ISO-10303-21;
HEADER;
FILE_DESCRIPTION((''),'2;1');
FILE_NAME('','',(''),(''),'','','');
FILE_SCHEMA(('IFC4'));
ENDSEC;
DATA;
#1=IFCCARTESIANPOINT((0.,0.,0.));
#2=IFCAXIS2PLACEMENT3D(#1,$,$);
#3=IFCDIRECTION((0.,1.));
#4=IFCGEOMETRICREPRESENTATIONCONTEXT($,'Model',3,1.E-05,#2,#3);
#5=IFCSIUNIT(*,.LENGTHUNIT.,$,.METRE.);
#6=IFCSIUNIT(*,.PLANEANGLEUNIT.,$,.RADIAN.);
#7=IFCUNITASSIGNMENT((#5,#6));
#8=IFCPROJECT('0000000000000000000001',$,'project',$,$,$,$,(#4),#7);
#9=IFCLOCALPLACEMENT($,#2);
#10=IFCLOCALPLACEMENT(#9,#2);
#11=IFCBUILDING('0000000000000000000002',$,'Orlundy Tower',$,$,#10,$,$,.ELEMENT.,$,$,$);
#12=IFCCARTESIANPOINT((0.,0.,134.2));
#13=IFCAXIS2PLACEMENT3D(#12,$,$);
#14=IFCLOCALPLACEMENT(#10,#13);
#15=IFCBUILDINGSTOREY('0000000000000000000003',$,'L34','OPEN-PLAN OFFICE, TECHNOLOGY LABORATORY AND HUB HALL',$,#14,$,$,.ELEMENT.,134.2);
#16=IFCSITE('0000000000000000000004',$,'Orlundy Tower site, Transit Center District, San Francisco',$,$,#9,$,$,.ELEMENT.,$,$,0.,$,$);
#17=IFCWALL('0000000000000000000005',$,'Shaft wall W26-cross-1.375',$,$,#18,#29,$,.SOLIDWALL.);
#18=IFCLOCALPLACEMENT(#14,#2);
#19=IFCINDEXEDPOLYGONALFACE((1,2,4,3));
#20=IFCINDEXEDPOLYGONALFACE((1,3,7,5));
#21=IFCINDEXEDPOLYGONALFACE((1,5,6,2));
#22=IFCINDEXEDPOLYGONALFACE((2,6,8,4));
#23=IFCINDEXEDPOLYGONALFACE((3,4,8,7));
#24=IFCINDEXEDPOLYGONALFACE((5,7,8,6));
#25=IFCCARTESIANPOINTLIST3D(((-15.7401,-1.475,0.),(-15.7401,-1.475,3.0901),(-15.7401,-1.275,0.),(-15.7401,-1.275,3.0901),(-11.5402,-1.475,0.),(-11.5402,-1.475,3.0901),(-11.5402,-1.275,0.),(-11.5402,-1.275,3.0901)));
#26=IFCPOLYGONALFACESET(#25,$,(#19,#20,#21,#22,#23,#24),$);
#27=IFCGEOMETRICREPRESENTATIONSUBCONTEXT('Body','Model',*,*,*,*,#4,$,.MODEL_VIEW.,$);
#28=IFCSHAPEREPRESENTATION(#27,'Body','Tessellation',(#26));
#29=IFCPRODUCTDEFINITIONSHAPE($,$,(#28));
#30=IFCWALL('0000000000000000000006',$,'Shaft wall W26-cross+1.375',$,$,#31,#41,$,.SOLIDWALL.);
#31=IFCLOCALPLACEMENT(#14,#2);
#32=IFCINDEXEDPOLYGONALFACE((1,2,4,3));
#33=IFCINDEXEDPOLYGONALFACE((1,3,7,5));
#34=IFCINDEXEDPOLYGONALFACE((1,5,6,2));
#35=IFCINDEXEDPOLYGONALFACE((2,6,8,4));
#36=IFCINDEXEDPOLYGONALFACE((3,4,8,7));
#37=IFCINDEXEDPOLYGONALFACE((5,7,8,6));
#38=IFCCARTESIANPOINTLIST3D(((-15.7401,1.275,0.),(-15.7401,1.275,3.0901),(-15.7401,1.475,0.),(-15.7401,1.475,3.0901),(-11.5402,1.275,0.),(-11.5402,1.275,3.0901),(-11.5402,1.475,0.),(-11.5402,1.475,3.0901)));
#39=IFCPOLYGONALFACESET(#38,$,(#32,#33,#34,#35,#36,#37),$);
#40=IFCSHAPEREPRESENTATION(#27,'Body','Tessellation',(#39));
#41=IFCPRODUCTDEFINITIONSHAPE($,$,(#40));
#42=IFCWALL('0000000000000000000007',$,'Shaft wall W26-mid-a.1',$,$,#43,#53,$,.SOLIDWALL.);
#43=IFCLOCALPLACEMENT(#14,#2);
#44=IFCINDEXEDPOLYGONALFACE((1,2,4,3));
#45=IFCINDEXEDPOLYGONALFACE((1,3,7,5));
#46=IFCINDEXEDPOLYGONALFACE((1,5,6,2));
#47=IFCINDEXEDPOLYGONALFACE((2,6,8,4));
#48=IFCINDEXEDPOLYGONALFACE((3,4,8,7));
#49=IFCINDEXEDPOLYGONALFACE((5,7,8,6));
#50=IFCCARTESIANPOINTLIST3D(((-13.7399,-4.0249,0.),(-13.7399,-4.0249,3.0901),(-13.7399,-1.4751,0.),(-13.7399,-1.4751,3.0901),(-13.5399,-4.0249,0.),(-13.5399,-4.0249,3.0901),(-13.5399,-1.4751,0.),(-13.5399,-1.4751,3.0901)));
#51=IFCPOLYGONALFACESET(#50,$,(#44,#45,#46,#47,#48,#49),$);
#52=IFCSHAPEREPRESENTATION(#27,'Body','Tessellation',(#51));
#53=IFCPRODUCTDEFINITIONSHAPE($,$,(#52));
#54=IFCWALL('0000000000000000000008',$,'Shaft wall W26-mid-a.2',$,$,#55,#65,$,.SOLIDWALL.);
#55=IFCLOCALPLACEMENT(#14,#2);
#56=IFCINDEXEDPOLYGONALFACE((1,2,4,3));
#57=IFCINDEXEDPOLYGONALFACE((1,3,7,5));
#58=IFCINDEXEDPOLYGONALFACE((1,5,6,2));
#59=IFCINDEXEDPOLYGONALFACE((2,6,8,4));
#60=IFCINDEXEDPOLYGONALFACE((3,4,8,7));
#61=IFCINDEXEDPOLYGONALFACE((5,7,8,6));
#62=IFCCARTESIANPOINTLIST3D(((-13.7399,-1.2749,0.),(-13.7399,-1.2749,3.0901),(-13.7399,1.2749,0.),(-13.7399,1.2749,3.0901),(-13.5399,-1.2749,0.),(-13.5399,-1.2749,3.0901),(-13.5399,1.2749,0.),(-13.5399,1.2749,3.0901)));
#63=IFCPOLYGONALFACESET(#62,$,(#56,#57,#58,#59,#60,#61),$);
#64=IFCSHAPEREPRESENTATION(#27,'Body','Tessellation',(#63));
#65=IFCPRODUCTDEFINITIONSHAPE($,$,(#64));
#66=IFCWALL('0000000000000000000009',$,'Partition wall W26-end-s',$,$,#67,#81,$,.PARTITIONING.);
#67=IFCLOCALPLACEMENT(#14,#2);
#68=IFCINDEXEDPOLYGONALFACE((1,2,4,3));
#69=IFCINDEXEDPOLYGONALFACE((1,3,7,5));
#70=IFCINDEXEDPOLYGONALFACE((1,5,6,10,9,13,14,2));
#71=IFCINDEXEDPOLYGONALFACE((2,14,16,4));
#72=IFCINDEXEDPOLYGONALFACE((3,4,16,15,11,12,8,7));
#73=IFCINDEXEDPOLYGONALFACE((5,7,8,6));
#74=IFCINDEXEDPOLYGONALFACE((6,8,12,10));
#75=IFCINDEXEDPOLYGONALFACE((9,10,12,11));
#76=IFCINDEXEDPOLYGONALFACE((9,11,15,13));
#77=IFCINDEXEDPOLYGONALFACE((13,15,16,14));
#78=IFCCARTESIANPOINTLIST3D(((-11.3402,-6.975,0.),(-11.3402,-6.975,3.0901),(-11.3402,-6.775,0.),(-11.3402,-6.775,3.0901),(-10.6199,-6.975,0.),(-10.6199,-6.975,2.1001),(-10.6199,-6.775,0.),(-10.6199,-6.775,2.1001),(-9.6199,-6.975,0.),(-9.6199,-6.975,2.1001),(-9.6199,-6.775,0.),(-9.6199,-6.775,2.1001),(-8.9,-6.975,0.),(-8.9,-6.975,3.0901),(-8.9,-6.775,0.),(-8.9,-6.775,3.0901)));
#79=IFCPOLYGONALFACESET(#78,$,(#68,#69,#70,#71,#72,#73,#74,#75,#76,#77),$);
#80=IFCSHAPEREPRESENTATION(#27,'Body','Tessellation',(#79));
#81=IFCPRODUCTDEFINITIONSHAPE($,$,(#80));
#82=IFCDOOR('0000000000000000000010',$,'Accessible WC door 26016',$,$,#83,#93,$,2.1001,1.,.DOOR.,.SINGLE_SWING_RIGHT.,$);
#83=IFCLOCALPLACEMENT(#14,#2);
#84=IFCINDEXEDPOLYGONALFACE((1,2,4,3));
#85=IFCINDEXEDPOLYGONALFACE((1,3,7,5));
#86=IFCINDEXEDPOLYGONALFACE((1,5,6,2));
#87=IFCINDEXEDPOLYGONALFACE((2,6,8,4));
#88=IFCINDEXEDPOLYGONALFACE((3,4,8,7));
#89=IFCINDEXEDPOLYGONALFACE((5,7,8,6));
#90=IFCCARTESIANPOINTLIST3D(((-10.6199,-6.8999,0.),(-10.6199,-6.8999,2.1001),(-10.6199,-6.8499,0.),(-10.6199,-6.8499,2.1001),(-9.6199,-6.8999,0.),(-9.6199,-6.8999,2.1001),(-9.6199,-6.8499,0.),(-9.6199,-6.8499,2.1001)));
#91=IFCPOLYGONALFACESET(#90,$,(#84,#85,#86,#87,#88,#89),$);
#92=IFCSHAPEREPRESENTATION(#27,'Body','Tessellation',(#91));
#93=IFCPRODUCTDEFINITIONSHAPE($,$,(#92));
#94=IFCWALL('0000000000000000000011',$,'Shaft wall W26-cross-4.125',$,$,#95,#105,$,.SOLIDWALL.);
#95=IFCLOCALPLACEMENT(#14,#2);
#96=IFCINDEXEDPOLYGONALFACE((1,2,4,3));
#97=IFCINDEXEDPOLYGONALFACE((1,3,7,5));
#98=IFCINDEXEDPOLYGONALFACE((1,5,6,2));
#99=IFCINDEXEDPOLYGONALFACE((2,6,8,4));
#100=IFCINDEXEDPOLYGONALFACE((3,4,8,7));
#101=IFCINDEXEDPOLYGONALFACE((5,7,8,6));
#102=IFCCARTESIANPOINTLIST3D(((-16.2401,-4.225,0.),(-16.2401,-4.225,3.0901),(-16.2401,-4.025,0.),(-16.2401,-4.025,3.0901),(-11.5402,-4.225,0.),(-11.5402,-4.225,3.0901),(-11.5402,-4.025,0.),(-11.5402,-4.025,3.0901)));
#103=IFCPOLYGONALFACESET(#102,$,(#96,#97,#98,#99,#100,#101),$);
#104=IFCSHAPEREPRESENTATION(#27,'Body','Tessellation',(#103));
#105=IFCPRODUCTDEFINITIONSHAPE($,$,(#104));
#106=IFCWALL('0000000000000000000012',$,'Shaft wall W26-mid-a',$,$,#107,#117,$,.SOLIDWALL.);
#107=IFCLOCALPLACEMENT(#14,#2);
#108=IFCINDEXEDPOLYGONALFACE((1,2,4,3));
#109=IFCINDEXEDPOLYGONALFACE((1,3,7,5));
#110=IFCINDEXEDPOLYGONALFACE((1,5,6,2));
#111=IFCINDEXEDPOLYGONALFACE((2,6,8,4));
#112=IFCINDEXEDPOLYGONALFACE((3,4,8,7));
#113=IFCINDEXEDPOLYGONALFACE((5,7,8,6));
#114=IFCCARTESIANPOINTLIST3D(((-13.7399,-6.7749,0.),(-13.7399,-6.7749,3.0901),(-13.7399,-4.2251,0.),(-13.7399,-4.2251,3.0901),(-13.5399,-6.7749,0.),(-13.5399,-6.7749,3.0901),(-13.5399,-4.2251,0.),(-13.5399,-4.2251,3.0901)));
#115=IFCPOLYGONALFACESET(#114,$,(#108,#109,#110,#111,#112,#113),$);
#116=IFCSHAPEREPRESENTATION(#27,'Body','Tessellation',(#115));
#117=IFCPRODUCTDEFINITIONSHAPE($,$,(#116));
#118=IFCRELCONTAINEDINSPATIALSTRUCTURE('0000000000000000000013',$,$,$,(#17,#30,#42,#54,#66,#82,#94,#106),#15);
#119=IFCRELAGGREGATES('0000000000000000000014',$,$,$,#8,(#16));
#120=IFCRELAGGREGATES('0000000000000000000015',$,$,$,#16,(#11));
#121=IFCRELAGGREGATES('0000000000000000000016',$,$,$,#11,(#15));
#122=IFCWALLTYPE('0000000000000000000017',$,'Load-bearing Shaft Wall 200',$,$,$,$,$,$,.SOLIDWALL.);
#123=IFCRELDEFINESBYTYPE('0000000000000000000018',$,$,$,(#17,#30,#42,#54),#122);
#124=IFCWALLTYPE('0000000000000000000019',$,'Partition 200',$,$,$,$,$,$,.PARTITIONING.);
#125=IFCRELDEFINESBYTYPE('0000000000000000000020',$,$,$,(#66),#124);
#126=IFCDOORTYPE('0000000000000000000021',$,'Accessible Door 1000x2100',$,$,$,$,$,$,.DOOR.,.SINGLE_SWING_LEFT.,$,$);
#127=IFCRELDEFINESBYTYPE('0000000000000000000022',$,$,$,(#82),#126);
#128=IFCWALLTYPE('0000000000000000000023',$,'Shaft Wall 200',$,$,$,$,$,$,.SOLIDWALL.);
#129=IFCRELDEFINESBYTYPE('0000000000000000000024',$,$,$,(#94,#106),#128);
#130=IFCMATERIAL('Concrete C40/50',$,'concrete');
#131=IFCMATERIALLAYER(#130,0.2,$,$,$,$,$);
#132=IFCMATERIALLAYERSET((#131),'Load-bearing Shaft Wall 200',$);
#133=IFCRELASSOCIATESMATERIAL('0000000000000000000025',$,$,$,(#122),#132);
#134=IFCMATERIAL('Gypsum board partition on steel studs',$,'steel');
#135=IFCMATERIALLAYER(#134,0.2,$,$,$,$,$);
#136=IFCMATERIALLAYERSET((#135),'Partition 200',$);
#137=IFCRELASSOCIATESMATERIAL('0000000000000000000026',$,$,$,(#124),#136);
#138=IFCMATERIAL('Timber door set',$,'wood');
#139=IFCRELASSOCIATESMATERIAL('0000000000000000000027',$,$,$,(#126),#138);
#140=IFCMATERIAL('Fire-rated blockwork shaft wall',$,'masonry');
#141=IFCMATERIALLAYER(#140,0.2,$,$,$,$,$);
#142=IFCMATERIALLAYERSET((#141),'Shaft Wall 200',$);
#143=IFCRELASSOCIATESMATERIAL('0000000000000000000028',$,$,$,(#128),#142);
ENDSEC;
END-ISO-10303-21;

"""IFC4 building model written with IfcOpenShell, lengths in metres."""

from ifc_helpers import new_model, si_unit, direction, frame, frame_2d, origin, place, context, subcontext, project, spatial, rectangle, extrude, material, layer, layer_set, type_object, element, fill, save


model = new_model("IFC4")

# Units and contexts
model_context = context("Model", 3, precision=1e-05, world=origin(), true_north=direction((0.0, 1.0)))
body_context = subcontext(model_context, "Body", "Model", "MODEL_VIEW")
ifc_project = project(units=[si_unit("LENGTHUNIT", "METRE"), si_unit("PLANEANGLEUNIT", "RADIAN")], contexts=[model_context])

# Site, building, storey
site_placement = place(None, origin())
site = spatial("IfcSite", under=ifc_project, at=site_placement, Name="Orlundy Tower site, Transit Center District, San Francisco", CompositionType="ELEMENT", RefElevation=0.0)
building_placement = place(site_placement, origin())
building = spatial("IfcBuilding", under=site, at=building_placement, Name="Orlundy Tower", CompositionType="ELEMENT")
storey_placement = place(building_placement, frame((0.0, 0.0, 134.2)))
storey = spatial("IfcBuildingStorey", under=building, at=storey_placement, Name="L34", Description="OPEN-PLAN OFFICE, TECHNOLOGY LABORATORY AND HUB HALL", CompositionType="ELEMENT", Elevation=134.2)

# Walls
ifc_material_1 = material(Name="Concrete C40/50", Category="concrete")
ifc_layer_1 = layer(ifc_material_1, 0.2)
ifc_layer_set_1 = layer_set([ifc_layer_1], Name="Load-bearing Shaft Wall 200")
wall_type_1 = type_object("IfcWallType", Name="Load-bearing Shaft Wall 200", PredefinedType="SOLIDWALL", material=ifc_layer_set_1)
for number, where, z_axis, x_axis, name in (
    (1, (-11.54, -1.375, 0.0), (0.0, 0.0, 1.0), (-1.0, 0.0, 0.0), "Shaft wall W26-cross-1.375"),
    (2, (-11.54, 1.375, 0.0), (0.0, 0.0, 1.0), (-1.0, 0.0, 0.0), "Shaft wall W26-cross+1.375"),
):
    element("IfcWall", number, at=place(storey_placement, frame(where, z_axis=z_axis, x_axis=x_axis)), inside=storey, type_object=wall_type_1, Name=name, PredefinedType="SOLIDWALL", context=body_context, shape_type="SweptSolid", body=[
        extrude(rectangle(XDim=4.2, YDim=0.2, at=frame_2d((2.1001, 0.0))), origin(), (0.0, 0.0, 1.0), 3.0901),
    ])
for number, where, z_axis, x_axis, name in (
    (3, (-13.6399, -4.0249, 0.0), (0.0, 0.0, 1.0), (0.0, 1.0, 0.0), "Shaft wall W26-mid-a.1"),
    (4, (-13.6399, -1.2749, 0.0), (0.0, 0.0, 1.0), (0.0, 1.0, 0.0), "Shaft wall W26-mid-a.2"),
):
    element("IfcWall", number, at=place(storey_placement, frame(where, z_axis=z_axis, x_axis=x_axis)), inside=storey, type_object=wall_type_1, Name=name, PredefinedType="SOLIDWALL", context=body_context, shape_type="SweptSolid", body=[
        extrude(rectangle(XDim=2.5498, YDim=0.2, at=frame_2d((1.2749, 0.0))), origin(), (0.0, 0.0, 1.0), 3.0901),
    ])

# Wall, opening, door
ifc_material_2 = material(Name="Gypsum board partition on steel studs", Category="steel")
ifc_layer_2 = layer(ifc_material_2, 0.2)
ifc_layer_set_2 = layer_set([ifc_layer_2], Name="Partition 200")
wall_type_2 = type_object("IfcWallType", Name="Partition 200", PredefinedType="PARTITIONING", material=ifc_layer_set_2)
wall_1_placement = place(storey_placement, frame((-8.8999, -6.875, 0.0), z_axis=(0.0, 0.0, 1.0), x_axis=(-1.0, 0.0, 0.0)))
wall_1 = element("IfcWall", 5, at=wall_1_placement, inside=storey, type_object=wall_type_2, Name="Partition wall W26-end-s", PredefinedType="PARTITIONING", context=body_context, shape_type="SweptSolid", body=[
    extrude(rectangle(XDim=2.4402, YDim=0.2, at=frame_2d((1.2202, 0.0))), origin(), (0.0, 0.0, 1.0), 3.0901),
])
opening_placement = place(wall_1_placement, frame((0.72, 0.0, 0.0)))
opening = element("IfcOpeningElement", 6, at=opening_placement, cuts=wall_1, PredefinedType="OPENING", context=body_context, shape_type="SweptSolid", body=[
    extrude(rectangle(XDim=1.0, YDim=2.1001, at=frame_2d((0.5, 1.05))), frame((0.0, 0.1101, 0.0), z_axis=(0.0, -1.0, 0.0), x_axis=(1.0, 0.0, 0.0)), (0.0, 0.0, 1.0), 0.2202),
])
ifc_material_3 = material(Name="Timber door set", Category="wood")
door_type = type_object("IfcDoorType", Name="Accessible Door 1000x2100", OperationType="SINGLE_SWING_LEFT", PredefinedType="DOOR", material=ifc_material_3)
door_placement = place(opening_placement, origin())
door = element("IfcDoor", 7, at=door_placement, inside=storey, type_object=door_type, Name="Accessible WC door 26016", OperationType="SINGLE_SWING_RIGHT", OverallHeight=2.1001, OverallWidth=1.0, PredefinedType="DOOR", context=body_context, shape_type="SweptSolid", body=[
    extrude(rectangle(XDim=1.0, YDim=2.1001, at=frame_2d((0.5, 1.05))), frame((0.0, 0.0249, 0.0), z_axis=(0.0, -1.0, 0.0), x_axis=(1.0, 0.0, 0.0)), (0.0, 0.0, 1.0), 0.05),
])
fill(opening, door)

# Walls
ifc_material_4 = material(Name="Fire-rated blockwork shaft wall", Category="masonry")
ifc_layer_3 = layer(ifc_material_4, 0.2)
ifc_layer_set_3 = layer_set([ifc_layer_3], Name="Shaft Wall 200")
wall_type_3 = type_object("IfcWallType", Name="Shaft Wall 200", PredefinedType="SOLIDWALL", material=ifc_layer_set_3)
wall_2_placement = place(storey_placement, frame((-11.54, -4.125, 0.0), z_axis=(0.0, 0.0, 1.0), x_axis=(-1.0, 0.0, 0.0)))
element("IfcWall", 8, at=wall_2_placement, inside=storey, type_object=wall_type_3, Name="Shaft wall W26-cross-4.125", PredefinedType="SOLIDWALL", context=body_context, shape_type="SweptSolid", body=[
    extrude(rectangle(XDim=4.7, YDim=0.2, at=frame_2d((2.3501, 0.0))), origin(), (0.0, 0.0, 1.0), 3.0901),
])
wall_3_placement = place(storey_placement, frame((-13.6399, -6.7749, 0.0), z_axis=(0.0, 0.0, 1.0), x_axis=(0.0, 1.0, 0.0)))
element("IfcWall", 9, at=wall_3_placement, inside=storey, type_object=wall_type_3, Name="Shaft wall W26-mid-a", PredefinedType="SOLIDWALL", context=body_context, shape_type="SweptSolid", body=[
    extrude(rectangle(XDim=2.5498, YDim=0.2, at=frame_2d((1.2749, 0.0))), origin(), (0.0, 0.0, 1.0), 3.0901),
])

save(model, "model.ifc")
